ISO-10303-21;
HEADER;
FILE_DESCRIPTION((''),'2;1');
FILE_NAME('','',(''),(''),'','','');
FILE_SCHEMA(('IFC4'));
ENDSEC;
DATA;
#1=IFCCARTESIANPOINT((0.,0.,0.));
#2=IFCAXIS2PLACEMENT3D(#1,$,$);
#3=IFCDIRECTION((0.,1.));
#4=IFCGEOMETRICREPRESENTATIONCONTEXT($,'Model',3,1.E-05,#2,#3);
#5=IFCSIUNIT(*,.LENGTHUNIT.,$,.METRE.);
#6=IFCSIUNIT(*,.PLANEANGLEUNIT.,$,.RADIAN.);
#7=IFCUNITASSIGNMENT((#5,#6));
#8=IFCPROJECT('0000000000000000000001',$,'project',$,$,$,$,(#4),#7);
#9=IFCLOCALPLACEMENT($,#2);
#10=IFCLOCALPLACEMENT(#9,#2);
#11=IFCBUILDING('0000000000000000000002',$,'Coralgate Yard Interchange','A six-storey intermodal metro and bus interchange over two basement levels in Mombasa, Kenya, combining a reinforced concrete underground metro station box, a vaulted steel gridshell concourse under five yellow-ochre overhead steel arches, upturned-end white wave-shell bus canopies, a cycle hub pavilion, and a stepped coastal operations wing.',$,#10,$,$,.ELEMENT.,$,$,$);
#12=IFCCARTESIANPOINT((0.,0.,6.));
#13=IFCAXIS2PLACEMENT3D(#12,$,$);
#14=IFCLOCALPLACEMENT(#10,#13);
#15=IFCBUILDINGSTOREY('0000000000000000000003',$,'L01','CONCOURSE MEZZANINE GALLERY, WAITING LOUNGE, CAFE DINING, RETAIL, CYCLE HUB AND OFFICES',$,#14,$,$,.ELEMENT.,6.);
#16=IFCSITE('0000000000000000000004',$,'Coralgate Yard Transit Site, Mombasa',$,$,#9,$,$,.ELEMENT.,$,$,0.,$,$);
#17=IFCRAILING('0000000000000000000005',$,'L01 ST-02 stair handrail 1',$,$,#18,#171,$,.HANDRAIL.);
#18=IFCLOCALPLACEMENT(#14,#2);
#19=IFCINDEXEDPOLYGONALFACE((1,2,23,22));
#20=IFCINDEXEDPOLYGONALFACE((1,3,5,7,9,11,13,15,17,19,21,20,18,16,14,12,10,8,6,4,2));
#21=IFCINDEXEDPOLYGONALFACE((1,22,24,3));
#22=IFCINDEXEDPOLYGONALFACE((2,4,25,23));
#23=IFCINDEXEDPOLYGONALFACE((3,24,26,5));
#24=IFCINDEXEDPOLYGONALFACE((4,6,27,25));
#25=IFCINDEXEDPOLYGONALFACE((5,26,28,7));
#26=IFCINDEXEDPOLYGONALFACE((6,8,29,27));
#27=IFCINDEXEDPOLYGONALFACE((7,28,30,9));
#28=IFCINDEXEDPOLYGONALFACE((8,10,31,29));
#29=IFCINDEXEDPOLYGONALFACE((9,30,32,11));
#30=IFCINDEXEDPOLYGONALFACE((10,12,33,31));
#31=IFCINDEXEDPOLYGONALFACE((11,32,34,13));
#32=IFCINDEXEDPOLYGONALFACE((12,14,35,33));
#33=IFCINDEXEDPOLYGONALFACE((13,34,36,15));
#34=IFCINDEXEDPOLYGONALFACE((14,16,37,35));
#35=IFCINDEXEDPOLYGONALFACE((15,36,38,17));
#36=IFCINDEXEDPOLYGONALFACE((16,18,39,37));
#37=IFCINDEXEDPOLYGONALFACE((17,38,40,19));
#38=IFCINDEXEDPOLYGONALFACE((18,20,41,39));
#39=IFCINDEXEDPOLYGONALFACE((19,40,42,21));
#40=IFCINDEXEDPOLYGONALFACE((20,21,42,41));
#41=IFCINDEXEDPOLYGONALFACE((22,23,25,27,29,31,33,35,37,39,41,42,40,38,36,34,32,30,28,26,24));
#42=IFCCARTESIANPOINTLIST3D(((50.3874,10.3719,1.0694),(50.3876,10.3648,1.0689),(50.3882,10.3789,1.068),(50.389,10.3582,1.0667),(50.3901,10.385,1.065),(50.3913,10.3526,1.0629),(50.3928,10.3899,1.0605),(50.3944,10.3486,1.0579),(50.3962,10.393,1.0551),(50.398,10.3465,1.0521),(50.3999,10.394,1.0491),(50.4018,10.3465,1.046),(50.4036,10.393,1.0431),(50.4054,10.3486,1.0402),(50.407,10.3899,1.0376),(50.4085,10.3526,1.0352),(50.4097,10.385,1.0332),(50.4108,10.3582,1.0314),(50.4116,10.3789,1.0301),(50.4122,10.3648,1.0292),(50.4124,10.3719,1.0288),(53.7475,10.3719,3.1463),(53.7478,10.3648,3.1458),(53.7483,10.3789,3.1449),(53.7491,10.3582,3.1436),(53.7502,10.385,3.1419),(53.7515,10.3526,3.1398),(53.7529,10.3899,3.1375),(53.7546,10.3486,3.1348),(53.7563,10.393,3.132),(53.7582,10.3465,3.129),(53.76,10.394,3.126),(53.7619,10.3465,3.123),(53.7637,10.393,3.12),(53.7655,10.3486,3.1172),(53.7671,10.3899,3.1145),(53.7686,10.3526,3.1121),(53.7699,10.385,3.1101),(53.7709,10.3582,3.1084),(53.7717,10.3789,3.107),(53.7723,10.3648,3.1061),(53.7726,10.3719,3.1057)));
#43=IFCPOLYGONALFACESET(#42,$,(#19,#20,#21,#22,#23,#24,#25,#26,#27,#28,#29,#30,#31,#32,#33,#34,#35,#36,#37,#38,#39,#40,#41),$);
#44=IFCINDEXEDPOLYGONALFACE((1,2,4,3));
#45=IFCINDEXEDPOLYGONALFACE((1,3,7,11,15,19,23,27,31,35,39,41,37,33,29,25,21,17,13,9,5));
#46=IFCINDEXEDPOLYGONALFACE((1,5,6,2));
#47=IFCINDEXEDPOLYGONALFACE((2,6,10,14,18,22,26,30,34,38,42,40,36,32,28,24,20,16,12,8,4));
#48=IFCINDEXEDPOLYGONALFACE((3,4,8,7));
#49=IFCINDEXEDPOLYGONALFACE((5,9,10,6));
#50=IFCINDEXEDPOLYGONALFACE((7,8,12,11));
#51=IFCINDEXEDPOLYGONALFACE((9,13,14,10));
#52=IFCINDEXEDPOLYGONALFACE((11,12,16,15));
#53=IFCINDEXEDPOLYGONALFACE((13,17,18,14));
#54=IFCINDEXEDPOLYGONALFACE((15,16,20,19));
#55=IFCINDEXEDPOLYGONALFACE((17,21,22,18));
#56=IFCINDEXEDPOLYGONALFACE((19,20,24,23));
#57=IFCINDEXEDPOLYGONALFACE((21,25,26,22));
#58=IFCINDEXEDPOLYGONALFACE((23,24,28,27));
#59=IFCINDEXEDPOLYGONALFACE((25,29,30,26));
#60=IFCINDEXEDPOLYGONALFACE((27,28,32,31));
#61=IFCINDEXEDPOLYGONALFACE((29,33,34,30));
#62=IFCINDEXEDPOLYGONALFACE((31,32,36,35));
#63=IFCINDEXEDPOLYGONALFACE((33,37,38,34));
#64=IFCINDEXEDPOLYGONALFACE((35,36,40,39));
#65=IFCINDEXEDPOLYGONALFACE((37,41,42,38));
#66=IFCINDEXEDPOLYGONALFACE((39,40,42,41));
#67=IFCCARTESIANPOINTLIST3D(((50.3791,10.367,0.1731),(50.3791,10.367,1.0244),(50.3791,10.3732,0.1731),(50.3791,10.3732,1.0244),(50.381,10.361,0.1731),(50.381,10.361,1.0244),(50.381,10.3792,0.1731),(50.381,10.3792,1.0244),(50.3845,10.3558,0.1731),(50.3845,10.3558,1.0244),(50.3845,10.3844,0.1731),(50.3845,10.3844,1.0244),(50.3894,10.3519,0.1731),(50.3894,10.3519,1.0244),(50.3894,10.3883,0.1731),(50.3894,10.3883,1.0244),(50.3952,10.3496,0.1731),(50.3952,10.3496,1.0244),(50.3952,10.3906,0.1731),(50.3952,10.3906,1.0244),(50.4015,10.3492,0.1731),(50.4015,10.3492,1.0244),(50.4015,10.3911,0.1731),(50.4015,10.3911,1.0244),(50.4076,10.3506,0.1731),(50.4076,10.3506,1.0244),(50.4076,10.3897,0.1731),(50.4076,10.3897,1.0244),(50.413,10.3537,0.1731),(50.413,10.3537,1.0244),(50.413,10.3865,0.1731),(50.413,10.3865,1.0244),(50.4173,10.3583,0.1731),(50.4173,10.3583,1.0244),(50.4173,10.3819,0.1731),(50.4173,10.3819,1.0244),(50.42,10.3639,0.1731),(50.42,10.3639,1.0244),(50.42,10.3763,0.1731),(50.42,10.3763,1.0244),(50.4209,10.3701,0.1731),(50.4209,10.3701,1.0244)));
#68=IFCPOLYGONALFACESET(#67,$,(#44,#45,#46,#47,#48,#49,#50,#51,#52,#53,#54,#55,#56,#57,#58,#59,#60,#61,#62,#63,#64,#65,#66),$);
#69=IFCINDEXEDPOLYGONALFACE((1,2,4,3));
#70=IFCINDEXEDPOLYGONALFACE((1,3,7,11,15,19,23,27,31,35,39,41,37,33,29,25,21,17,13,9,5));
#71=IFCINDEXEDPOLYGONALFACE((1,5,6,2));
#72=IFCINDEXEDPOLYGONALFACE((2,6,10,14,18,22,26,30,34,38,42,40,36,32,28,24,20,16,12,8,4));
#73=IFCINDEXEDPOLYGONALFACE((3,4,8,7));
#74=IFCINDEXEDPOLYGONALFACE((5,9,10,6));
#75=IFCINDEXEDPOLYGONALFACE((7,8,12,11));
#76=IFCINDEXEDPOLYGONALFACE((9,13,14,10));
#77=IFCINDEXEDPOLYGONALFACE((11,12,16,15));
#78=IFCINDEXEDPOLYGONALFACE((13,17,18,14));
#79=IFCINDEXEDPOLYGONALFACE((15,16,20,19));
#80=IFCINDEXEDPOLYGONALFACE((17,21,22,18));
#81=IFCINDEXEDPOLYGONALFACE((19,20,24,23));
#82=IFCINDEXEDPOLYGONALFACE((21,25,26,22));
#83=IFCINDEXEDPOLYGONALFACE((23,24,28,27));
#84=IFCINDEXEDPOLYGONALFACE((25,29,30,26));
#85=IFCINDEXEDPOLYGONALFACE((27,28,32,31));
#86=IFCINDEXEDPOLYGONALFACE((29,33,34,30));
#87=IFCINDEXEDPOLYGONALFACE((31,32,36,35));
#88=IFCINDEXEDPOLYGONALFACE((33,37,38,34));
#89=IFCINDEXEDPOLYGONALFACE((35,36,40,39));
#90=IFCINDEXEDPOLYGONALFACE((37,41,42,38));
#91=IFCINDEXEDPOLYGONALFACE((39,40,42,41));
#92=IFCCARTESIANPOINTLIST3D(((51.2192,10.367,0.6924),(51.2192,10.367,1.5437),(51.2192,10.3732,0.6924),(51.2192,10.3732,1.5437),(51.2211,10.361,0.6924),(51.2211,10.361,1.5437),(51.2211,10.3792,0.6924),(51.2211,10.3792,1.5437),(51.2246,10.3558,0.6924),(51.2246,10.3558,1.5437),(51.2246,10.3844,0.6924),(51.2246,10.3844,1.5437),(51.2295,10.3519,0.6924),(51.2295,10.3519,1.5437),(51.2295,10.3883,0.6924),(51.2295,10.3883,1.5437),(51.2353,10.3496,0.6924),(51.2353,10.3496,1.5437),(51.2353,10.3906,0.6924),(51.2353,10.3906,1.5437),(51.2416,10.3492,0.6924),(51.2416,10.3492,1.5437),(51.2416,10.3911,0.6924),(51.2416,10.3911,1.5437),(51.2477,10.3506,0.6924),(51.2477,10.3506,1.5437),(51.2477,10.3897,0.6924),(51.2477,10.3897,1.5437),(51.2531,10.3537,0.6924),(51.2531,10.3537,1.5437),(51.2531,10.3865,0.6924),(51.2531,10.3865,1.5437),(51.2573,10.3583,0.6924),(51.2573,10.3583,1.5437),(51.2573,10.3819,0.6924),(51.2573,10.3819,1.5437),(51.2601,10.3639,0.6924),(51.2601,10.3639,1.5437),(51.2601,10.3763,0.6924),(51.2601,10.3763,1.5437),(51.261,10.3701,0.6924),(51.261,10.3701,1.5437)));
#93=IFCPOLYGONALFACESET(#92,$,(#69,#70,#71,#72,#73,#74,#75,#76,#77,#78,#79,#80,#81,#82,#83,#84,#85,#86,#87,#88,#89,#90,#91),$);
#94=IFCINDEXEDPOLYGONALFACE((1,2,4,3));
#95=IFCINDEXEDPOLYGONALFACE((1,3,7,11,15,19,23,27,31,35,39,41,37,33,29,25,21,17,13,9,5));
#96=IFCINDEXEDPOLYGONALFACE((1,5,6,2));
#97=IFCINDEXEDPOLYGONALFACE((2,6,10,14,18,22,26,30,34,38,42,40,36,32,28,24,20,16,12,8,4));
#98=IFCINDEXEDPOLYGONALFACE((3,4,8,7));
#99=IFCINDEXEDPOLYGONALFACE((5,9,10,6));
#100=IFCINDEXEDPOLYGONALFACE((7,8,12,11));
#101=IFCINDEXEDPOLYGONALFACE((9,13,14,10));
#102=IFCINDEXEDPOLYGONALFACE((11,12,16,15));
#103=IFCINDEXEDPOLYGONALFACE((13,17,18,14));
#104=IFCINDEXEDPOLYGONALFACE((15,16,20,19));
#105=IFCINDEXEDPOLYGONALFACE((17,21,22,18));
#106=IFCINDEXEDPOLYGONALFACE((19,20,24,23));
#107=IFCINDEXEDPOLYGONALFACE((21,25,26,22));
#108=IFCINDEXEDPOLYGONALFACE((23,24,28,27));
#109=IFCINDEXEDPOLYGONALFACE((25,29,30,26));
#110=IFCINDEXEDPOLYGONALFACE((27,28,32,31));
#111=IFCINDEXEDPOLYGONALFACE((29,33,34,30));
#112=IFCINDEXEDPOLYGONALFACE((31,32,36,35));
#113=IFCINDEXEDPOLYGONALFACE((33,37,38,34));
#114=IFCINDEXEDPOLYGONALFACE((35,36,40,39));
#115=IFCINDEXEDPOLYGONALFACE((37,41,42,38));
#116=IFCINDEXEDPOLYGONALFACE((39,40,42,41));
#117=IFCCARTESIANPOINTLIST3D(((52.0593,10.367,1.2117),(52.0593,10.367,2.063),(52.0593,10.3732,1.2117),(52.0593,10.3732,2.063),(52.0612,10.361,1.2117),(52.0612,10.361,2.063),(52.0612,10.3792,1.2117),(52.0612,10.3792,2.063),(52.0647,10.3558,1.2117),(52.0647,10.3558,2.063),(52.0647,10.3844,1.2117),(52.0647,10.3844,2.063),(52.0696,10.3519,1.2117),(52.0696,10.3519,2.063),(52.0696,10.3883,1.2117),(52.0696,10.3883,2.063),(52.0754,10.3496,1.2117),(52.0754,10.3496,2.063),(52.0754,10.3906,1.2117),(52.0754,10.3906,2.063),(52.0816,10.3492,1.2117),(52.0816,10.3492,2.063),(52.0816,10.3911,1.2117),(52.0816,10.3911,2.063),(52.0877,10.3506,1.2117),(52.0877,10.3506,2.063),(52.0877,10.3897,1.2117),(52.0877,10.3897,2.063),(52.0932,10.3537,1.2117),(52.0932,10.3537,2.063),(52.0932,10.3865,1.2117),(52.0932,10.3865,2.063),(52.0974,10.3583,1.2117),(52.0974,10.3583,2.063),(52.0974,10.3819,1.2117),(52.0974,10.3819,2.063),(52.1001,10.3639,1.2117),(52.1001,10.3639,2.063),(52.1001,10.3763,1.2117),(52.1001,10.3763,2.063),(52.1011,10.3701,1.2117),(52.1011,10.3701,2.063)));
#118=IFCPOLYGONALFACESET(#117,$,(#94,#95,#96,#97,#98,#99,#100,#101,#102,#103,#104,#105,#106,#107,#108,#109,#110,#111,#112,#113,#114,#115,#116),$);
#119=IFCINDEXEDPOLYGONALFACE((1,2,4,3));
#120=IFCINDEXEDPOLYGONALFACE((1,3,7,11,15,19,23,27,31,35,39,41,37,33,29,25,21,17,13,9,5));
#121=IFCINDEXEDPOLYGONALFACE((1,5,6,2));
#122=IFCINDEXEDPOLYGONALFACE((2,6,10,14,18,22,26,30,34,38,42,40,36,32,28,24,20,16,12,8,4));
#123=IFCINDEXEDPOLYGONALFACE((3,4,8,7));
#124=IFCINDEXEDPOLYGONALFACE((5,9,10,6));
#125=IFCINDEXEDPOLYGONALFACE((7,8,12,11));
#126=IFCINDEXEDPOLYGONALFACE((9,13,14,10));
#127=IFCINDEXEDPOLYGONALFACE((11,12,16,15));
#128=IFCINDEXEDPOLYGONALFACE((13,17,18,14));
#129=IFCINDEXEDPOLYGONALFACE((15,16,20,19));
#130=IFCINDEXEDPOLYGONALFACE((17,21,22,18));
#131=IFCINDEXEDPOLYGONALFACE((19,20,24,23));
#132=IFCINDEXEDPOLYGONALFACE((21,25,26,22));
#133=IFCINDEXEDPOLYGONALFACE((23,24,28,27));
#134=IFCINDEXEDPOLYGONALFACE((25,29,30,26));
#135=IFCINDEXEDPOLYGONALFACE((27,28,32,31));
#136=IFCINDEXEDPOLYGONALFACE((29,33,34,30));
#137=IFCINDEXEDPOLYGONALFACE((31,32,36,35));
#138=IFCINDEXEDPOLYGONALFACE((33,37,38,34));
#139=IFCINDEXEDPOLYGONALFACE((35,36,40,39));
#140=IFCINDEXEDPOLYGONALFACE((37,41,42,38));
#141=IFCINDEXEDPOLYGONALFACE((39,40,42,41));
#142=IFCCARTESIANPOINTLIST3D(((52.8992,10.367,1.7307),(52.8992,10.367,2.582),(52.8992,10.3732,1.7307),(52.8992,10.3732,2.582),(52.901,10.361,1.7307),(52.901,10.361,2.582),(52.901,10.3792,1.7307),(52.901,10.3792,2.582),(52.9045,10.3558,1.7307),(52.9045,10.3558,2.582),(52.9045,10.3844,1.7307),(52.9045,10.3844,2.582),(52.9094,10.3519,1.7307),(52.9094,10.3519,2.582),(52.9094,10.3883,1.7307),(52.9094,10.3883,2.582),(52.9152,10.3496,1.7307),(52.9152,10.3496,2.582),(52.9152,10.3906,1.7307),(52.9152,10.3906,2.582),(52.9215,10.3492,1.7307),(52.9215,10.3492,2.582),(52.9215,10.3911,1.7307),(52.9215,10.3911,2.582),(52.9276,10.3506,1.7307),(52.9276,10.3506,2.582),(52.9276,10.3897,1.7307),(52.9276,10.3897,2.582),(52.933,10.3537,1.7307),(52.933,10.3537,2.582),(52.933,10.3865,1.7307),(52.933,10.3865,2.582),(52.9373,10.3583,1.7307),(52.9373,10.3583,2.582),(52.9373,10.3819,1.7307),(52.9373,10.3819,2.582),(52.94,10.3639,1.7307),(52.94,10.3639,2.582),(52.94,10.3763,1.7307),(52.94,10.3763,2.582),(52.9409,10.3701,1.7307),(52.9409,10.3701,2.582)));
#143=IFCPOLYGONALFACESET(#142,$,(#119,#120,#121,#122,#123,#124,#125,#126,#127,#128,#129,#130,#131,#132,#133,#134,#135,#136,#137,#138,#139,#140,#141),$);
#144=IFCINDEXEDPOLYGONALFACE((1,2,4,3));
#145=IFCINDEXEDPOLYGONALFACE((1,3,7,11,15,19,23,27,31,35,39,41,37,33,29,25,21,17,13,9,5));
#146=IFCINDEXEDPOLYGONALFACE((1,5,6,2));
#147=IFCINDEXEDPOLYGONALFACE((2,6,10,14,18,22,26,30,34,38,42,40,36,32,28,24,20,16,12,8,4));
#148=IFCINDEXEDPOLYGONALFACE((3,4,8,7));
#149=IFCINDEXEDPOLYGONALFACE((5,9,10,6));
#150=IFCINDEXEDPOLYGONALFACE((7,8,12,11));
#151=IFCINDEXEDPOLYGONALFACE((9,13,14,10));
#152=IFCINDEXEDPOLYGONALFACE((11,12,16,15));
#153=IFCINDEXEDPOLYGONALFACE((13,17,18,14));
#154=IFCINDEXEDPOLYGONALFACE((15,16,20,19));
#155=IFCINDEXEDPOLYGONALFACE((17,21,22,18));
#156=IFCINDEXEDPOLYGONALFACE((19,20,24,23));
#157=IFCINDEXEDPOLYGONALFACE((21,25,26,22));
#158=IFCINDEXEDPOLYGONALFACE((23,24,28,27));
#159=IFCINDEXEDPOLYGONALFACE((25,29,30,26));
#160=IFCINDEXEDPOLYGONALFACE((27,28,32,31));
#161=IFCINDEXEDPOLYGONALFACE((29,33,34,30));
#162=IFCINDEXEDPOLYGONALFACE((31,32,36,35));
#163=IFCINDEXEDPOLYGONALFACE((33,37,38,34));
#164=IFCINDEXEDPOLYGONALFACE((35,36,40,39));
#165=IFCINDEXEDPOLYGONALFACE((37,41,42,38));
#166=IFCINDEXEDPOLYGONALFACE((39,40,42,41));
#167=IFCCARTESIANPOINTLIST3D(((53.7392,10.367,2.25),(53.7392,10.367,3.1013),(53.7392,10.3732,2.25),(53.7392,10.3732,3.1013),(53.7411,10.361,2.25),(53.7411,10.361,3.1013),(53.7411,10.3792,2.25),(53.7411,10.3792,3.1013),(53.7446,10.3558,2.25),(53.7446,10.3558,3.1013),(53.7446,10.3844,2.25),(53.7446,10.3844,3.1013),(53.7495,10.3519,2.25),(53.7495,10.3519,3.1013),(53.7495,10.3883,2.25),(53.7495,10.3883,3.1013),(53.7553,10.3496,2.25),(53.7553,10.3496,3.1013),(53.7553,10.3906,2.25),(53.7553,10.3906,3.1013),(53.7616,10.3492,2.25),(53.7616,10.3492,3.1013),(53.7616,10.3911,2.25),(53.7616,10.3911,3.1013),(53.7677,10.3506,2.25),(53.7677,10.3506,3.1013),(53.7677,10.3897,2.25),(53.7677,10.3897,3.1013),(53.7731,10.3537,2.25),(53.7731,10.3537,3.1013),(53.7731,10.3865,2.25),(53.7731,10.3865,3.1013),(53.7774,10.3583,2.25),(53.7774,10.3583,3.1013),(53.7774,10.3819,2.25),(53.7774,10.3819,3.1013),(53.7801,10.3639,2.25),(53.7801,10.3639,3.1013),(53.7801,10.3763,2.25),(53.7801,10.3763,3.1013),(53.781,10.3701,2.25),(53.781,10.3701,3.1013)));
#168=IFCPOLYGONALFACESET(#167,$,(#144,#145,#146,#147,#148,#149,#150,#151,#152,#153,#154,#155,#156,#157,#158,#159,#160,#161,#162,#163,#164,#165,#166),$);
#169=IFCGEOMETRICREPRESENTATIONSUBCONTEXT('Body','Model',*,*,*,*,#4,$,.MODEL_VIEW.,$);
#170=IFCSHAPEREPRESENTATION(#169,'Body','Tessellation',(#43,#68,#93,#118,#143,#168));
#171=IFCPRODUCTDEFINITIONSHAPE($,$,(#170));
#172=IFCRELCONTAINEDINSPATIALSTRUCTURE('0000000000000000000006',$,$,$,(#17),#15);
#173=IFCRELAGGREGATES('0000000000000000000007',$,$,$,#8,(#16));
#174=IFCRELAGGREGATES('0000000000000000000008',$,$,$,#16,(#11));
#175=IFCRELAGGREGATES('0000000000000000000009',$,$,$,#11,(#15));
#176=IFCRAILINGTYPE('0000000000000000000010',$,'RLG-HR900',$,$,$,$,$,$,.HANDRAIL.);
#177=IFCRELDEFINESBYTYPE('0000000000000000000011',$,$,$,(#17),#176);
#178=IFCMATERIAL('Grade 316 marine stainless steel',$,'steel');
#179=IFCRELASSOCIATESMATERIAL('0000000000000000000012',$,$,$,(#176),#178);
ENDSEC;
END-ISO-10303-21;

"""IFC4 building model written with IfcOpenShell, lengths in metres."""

from ifc_helpers import new_model, si_unit, direction, frame, origin, origin_2d, place, context, subcontext, project, spatial, circle, extrude, material, type_object, element, save


model = new_model("IFC4")

# Units and contexts
model_context = context("Model", 3, precision=1e-05, world=origin(), true_north=direction((0.0, 1.0)))
body_context = subcontext(model_context, "Body", "Model", "MODEL_VIEW")
ifc_project = project(units=[si_unit("LENGTHUNIT", "METRE"), si_unit("PLANEANGLEUNIT", "RADIAN")], contexts=[model_context])

# Site, building, storey
site_placement = place(None, origin())
site = spatial("IfcSite", under=ifc_project, at=site_placement, Name="Coralgate Yard Transit Site, Mombasa", CompositionType="ELEMENT", RefElevation=0.0)
building_placement = place(site_placement, origin())
building = spatial("IfcBuilding", under=site, at=building_placement, Name="Coralgate Yard Interchange", Description="A six-storey intermodal metro and bus interchange over two basement levels in Mombasa, Kenya, combining a reinforced concrete underground metro station box, a vaulted steel gridshell concourse under five yellow-ochre overhead steel arches, upturned-end white wave-shell bus canopies, a cycle hub pavilion, and a stepped coastal operations wing.", CompositionType="ELEMENT")
storey_placement = place(building_placement, frame((0.0, 0.0, 6.0)))
storey = spatial("IfcBuildingStorey", under=building, at=storey_placement, Name="L01", Description="CONCOURSE MEZZANINE GALLERY, WAITING LOUNGE, CAFE DINING, RETAIL, CYCLE HUB AND OFFICES", CompositionType="ELEMENT", Elevation=6.0)

# Railing
ifc_material_1 = material(Name="Grade 316 marine stainless steel", Category="steel")
railing_type_1 = type_object("IfcRailingType", Name="RLG-HR900", PredefinedType="HANDRAIL", material=ifc_material_1)
railing_1_placement = place(storey_placement, frame((50.3999, 10.3701, 0.1731)))
element("IfcRailing", 1, at=railing_1_placement, inside=storey, type_object=railing_type_1, Name="L01 ST-02 stair handrail 1", PredefinedType="HANDRAIL", context=body_context, shape_type="SweptSolid", body=[
    extrude(circle(Radius=0.0239, at=origin_2d()), frame((0.0, 0.0, 0.876), z_axis=(0.850623, 0.0, 0.525776), x_axis=(0.0, 1.0, 0.0)), (0.0, 0.0, 1.0), 3.9502),
    extrude(circle(Radius=0.021, at=origin_2d()), origin(), (0.0, 0.0, 1.0), 0.8513),
    extrude(circle(Radius=0.021, at=origin_2d()), frame((0.8401, 0.0, 0.5193)), (0.0, 0.0, 1.0), 0.8513),
    extrude(circle(Radius=0.021, at=origin_2d()), frame((1.6802, 0.0, 1.0386)), (0.0, 0.0, 1.0), 0.8513),
    extrude(circle(Radius=0.021, at=origin_2d()), frame((2.52, 0.0, 1.5576)), (0.0, 0.0, 1.0), 0.8513),
    extrude(circle(Radius=0.021, at=origin_2d()), frame((3.3601, 0.0, 2.0769)), (0.0, 0.0, 1.0), 0.8513),
])

save(model, "model.ifc")
